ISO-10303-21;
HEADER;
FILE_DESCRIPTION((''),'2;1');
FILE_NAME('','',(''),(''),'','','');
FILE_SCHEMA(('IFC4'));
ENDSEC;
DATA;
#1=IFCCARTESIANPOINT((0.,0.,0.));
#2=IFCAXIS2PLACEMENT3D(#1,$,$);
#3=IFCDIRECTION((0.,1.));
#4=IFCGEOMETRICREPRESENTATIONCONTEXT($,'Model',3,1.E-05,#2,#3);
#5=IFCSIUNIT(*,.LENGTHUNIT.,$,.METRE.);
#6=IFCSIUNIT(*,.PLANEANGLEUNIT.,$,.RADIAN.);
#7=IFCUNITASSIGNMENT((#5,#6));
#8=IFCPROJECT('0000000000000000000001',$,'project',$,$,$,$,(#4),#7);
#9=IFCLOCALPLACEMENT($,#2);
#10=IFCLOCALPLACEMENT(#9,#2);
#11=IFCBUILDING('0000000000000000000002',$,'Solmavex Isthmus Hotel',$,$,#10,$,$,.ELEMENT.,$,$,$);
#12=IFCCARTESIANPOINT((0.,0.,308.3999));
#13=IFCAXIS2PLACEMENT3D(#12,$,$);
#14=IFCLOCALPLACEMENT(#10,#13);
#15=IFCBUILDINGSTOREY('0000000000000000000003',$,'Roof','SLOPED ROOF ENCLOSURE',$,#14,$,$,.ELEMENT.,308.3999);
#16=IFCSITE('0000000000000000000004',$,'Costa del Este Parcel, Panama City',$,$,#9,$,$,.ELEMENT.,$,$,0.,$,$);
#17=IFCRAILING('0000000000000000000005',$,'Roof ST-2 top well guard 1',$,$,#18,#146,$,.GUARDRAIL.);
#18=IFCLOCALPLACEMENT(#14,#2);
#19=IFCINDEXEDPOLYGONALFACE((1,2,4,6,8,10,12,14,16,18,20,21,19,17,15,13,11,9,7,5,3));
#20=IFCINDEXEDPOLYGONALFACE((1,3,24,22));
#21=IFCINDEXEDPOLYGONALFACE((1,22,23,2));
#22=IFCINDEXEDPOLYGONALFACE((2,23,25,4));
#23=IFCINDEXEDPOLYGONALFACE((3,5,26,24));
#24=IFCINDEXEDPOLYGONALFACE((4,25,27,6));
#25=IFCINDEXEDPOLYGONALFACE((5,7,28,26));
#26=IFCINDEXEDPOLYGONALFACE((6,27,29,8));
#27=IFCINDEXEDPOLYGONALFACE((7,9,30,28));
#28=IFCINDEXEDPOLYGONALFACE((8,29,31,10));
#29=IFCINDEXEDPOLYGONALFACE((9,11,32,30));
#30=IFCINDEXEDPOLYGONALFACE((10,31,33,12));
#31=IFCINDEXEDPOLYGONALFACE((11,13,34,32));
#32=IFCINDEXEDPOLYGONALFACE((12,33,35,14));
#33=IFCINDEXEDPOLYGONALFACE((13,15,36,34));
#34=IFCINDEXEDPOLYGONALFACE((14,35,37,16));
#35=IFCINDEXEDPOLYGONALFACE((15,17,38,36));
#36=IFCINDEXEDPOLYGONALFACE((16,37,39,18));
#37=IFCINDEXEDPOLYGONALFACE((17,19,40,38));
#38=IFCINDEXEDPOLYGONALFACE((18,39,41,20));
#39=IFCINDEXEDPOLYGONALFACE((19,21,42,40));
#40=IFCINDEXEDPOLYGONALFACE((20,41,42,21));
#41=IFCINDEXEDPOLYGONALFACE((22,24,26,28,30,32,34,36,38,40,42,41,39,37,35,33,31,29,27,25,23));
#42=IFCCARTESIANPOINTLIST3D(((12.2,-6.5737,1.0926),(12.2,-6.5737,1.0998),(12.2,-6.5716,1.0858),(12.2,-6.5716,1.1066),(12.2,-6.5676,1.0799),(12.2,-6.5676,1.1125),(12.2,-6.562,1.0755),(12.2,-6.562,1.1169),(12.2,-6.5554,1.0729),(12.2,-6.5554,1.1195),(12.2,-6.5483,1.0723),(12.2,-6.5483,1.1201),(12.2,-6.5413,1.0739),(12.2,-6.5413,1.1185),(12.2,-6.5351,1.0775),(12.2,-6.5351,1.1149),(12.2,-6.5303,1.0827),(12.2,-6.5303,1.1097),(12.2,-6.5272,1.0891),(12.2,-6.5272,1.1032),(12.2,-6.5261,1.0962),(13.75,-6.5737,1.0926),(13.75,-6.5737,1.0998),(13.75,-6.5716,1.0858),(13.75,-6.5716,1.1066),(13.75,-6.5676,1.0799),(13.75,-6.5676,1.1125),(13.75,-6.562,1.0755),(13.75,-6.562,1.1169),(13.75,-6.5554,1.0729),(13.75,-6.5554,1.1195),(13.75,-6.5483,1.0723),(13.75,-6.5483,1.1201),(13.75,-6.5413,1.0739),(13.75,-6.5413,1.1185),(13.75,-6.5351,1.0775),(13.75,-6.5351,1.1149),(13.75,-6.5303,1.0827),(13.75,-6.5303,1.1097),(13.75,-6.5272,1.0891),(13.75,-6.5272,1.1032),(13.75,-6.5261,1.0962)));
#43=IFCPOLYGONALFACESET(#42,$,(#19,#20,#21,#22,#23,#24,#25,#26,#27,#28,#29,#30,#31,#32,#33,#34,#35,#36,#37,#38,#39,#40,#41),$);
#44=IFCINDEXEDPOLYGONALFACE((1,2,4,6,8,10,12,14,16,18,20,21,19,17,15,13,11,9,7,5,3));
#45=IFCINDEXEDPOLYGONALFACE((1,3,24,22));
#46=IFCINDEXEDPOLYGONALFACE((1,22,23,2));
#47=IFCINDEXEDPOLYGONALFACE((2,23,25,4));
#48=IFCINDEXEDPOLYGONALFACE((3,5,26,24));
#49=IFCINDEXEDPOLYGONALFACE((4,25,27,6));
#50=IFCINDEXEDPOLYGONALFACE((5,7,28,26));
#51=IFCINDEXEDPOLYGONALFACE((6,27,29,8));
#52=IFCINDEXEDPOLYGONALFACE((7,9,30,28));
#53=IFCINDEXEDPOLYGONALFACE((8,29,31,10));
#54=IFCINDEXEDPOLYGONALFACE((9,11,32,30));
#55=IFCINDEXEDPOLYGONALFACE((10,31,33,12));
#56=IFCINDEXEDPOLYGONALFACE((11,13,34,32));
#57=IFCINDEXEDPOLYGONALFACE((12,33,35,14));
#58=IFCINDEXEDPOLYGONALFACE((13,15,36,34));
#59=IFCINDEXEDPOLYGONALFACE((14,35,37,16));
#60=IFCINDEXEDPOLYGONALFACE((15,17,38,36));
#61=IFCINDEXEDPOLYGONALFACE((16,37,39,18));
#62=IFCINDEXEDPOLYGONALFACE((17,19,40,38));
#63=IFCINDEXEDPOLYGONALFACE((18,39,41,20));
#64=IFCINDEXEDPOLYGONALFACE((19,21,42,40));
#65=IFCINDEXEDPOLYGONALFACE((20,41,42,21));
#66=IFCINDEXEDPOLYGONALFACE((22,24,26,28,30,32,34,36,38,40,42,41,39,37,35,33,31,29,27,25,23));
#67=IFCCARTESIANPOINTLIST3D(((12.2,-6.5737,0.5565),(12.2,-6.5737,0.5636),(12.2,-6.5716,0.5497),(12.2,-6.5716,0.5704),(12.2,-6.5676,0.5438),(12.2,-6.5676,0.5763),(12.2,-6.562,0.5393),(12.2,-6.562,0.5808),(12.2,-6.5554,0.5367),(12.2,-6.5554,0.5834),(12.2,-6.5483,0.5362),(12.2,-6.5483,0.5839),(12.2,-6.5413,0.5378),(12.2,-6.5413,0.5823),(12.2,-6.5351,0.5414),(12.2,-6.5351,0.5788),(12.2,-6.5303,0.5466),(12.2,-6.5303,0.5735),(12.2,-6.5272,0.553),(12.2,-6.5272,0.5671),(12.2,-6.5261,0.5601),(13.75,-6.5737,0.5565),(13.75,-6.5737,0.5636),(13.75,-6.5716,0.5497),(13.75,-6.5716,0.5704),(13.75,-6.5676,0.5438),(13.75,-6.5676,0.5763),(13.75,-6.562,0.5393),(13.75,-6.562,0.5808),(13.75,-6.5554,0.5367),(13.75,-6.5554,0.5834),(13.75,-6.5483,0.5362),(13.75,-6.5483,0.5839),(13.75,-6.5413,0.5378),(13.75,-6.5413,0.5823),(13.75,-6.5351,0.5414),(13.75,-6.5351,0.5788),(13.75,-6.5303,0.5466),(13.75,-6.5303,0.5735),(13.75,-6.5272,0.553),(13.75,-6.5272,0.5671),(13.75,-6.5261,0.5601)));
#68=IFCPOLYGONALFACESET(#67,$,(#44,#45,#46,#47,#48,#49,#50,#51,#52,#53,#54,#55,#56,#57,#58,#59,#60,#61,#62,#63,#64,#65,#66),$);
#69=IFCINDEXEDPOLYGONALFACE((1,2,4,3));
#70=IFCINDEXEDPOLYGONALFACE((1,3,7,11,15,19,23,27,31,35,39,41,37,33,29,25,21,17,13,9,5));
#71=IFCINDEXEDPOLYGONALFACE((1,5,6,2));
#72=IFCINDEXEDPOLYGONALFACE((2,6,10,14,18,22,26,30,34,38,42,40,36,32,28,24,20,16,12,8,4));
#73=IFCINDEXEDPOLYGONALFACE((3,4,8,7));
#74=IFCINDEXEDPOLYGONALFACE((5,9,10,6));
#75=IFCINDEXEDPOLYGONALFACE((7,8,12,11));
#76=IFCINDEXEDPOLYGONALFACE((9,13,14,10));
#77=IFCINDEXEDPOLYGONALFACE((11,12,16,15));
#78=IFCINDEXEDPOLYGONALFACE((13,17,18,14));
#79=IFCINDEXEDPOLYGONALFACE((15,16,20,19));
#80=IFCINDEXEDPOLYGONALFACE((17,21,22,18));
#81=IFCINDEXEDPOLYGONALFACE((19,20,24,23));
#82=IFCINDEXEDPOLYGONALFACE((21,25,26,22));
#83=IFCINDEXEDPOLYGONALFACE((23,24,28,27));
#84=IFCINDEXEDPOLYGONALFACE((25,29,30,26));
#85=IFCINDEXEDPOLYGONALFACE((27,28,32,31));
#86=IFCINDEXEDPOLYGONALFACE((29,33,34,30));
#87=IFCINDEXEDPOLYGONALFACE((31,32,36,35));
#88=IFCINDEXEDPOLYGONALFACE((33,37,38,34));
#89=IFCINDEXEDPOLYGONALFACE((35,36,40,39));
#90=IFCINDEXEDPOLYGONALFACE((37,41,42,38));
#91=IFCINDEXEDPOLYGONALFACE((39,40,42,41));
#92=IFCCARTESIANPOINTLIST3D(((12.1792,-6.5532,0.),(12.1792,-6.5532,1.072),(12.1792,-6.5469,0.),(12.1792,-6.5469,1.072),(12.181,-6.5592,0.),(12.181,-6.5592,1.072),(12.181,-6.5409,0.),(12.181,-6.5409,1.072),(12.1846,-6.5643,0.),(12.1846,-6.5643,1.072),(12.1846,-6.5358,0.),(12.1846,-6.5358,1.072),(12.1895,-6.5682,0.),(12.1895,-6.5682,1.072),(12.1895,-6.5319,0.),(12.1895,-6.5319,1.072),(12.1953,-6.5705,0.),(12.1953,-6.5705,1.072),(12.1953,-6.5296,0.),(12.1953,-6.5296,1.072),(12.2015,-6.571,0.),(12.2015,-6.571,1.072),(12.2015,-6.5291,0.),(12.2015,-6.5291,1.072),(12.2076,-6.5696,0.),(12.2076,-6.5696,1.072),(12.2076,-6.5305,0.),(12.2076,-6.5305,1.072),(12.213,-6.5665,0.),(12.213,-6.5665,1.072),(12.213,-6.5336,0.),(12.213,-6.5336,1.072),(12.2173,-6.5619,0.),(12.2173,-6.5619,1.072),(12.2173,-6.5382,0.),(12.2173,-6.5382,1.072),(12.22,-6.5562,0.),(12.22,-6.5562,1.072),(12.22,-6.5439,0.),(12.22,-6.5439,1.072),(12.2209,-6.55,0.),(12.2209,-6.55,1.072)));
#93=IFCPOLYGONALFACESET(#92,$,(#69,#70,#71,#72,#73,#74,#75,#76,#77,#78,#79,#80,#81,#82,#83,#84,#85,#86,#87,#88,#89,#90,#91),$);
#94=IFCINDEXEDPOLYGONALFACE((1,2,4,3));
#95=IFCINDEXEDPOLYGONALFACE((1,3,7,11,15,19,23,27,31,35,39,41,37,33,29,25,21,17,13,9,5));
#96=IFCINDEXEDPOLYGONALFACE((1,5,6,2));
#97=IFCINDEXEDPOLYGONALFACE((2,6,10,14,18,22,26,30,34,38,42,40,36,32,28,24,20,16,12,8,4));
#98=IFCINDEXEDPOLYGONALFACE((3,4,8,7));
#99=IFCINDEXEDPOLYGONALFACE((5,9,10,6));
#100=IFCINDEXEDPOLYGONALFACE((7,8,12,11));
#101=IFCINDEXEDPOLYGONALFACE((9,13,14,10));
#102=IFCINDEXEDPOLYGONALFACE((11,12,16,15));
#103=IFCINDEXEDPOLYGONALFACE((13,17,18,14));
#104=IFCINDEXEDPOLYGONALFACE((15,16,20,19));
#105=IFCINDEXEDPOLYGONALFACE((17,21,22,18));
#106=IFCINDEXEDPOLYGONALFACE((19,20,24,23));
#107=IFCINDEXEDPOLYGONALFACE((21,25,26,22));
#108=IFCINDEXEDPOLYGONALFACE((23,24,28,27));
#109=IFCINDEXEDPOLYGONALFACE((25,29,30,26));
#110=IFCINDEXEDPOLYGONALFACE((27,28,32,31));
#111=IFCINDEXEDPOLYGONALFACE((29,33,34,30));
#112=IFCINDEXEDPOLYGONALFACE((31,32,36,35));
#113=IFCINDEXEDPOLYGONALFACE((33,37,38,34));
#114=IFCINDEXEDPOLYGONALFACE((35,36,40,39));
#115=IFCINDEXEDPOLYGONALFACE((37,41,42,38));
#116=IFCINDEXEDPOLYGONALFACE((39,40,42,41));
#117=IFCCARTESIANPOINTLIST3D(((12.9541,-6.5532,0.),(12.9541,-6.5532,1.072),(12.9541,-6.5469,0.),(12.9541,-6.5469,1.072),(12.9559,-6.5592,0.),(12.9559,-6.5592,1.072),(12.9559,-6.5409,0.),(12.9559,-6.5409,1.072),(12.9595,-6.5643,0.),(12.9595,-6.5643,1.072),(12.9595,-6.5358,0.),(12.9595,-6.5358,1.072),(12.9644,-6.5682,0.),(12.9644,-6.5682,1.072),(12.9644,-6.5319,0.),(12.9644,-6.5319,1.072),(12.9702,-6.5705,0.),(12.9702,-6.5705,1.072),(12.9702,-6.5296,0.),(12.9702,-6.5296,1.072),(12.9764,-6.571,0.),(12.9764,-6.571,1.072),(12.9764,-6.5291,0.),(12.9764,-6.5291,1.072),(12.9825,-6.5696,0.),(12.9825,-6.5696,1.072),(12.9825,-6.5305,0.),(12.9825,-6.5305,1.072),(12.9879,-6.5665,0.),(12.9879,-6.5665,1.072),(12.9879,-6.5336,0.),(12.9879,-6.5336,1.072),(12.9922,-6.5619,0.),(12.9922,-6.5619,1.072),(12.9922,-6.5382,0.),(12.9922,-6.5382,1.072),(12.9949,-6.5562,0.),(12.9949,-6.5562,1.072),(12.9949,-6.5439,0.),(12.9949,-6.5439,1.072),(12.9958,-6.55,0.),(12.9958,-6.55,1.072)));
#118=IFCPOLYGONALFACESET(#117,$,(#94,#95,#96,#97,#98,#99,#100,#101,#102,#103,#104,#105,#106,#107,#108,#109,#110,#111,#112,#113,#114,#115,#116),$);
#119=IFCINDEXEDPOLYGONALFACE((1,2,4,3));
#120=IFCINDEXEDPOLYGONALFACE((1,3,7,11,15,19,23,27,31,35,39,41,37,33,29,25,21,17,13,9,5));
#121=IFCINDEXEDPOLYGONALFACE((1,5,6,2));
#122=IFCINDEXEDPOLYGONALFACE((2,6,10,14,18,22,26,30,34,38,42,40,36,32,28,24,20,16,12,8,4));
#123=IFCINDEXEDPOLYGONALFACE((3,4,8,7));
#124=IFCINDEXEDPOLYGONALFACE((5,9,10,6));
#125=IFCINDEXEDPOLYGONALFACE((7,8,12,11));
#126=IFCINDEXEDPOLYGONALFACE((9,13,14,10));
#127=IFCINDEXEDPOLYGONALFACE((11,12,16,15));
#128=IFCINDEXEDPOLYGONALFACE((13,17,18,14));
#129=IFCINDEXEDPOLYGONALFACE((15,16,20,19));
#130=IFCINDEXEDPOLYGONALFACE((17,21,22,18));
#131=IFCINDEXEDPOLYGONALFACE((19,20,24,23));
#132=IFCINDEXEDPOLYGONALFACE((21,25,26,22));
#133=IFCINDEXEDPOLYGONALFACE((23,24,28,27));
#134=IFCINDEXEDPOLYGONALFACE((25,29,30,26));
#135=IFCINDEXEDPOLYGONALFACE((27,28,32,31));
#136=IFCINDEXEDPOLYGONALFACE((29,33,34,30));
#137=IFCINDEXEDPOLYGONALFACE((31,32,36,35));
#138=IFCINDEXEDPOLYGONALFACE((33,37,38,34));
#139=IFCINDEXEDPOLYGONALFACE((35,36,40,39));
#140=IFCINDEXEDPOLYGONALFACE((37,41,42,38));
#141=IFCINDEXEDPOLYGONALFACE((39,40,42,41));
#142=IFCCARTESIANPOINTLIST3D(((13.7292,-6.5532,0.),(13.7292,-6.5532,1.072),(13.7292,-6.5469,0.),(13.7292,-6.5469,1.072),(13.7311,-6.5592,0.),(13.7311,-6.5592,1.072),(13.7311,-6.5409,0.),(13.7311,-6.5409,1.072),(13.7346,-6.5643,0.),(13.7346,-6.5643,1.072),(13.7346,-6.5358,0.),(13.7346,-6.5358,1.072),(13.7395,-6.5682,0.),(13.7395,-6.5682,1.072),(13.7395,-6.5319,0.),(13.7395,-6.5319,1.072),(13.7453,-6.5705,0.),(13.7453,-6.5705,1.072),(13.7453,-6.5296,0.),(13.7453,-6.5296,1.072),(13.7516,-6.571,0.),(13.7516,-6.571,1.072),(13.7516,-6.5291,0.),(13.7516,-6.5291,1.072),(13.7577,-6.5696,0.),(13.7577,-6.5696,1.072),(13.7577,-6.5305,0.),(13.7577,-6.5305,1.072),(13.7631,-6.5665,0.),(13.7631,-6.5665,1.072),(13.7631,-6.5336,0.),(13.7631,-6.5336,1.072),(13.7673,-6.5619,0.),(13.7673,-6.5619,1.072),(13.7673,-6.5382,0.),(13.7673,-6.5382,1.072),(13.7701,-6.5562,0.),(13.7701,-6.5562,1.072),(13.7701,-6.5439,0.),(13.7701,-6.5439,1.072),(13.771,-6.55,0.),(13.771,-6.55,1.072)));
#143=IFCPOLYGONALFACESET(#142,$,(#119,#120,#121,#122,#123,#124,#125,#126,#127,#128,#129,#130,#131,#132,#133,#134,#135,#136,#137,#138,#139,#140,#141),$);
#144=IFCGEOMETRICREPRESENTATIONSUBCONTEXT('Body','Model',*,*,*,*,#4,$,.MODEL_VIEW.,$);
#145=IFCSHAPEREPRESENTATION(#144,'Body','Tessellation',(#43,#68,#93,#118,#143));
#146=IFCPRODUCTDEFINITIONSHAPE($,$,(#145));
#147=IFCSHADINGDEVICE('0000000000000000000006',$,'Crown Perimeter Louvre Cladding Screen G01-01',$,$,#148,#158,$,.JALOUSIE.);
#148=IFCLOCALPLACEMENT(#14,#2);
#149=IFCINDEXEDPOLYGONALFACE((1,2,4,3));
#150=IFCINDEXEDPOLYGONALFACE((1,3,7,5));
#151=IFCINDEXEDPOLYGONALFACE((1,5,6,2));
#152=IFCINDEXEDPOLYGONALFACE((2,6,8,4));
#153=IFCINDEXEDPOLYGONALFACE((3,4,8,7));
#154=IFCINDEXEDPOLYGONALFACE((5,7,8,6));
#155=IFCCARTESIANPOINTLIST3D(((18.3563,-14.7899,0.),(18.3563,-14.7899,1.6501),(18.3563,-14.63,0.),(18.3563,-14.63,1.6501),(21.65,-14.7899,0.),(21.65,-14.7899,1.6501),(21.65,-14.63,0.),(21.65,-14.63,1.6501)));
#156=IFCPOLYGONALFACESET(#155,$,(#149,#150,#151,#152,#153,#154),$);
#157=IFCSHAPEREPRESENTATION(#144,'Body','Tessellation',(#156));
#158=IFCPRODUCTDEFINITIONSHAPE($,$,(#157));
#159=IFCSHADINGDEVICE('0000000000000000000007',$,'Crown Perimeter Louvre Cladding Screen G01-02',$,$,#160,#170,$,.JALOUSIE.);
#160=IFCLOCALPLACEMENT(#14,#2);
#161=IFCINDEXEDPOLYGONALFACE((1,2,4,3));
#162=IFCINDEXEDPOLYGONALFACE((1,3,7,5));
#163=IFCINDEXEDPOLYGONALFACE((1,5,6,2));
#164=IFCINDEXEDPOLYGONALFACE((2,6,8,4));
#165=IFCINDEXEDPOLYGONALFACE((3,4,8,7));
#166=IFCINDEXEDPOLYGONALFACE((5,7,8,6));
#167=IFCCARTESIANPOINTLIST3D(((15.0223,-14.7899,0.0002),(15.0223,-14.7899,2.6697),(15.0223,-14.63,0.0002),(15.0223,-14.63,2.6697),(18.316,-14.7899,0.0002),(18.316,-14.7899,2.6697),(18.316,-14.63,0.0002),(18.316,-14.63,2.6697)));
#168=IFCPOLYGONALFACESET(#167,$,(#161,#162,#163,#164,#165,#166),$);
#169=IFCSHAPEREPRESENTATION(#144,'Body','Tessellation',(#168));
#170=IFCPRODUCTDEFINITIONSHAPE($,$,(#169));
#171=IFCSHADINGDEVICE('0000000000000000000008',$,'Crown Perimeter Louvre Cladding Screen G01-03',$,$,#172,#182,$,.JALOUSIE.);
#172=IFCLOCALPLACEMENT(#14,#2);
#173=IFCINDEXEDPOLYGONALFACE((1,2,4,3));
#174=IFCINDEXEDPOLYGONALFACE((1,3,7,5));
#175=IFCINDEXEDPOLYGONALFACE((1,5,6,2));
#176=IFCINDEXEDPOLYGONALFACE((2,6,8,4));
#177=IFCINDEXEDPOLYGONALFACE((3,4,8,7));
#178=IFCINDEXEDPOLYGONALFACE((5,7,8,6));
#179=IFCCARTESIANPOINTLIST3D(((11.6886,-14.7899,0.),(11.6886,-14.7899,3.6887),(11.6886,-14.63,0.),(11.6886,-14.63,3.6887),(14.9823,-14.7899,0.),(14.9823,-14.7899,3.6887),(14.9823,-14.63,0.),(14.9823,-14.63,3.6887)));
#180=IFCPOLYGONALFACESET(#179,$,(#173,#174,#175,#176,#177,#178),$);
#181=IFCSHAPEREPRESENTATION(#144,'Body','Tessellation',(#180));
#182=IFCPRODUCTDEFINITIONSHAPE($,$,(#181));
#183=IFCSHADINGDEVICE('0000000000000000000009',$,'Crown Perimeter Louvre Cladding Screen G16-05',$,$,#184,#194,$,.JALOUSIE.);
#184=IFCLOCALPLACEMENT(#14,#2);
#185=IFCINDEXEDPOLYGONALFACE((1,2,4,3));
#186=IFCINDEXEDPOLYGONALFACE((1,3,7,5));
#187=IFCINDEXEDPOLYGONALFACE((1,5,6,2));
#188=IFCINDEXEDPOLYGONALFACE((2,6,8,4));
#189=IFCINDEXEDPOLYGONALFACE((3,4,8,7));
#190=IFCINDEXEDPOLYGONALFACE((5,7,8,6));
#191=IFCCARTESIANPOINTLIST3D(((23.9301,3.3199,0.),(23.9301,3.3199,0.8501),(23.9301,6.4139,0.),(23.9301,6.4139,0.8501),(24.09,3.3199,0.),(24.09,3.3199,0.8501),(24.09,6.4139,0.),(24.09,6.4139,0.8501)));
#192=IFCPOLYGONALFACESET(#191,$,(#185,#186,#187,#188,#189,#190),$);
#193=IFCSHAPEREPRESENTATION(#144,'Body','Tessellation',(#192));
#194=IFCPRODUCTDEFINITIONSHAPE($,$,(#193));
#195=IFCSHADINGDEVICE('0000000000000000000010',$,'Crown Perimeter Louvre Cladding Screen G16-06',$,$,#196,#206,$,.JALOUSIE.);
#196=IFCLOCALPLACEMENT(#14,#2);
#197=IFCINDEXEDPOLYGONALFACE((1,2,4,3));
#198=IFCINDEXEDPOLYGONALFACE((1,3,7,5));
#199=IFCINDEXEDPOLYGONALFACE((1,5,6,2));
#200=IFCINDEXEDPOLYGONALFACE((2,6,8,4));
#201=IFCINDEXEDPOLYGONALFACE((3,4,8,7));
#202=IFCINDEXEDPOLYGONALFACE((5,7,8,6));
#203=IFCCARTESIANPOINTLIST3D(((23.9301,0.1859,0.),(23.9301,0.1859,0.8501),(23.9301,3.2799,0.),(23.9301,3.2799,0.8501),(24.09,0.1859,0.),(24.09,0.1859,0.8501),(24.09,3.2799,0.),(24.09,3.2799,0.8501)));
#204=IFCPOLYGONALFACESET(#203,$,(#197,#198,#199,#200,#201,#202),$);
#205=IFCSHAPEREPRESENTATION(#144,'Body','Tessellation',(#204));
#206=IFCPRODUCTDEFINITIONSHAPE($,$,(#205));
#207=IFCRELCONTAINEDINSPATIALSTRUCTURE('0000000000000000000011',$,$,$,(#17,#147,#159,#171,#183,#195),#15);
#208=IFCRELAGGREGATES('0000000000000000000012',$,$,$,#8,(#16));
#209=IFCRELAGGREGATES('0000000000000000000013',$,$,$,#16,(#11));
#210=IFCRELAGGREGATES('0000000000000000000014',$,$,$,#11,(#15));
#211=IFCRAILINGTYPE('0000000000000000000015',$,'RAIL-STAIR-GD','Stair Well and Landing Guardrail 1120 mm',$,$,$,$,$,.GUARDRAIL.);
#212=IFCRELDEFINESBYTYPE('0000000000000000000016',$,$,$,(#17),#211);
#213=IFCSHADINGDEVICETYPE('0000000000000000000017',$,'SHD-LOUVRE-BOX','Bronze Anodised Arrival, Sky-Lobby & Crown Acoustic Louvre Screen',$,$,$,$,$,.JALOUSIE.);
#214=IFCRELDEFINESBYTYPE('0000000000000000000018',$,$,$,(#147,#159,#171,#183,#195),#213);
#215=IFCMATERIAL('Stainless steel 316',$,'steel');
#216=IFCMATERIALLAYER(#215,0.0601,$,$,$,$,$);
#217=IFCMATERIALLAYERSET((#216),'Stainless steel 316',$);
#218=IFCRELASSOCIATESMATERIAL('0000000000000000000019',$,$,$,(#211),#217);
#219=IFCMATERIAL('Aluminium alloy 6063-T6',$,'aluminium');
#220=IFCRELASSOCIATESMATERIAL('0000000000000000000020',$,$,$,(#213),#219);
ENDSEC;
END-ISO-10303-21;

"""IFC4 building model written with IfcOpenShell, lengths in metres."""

from ifc_helpers import new_model, si_unit, direction, frame, origin, origin_2d, place, context, subcontext, project, spatial, rectangle, circle, extrude, material, layer, layer_set, type_object, element, save


model = new_model("IFC4")

# Units and contexts
model_context = context("Model", 3, precision=1e-05, world=origin(), true_north=direction((0.0, 1.0)))
body_context = subcontext(model_context, "Body", "Model", "MODEL_VIEW")
ifc_project = project(units=[si_unit("LENGTHUNIT", "METRE"), si_unit("PLANEANGLEUNIT", "RADIAN")], contexts=[model_context])

# Site, building, storey
site_placement = place(None, origin())
site = spatial("IfcSite", under=ifc_project, at=site_placement, Name="Costa del Este Parcel, Panama City", CompositionType="ELEMENT", RefElevation=0.0)
building_placement = place(site_placement, origin())
building = spatial("IfcBuilding", under=site, at=building_placement, Name="Solmavex Isthmus Hotel", CompositionType="ELEMENT")
storey_placement = place(building_placement, frame((0.0, 0.0, 308.3999)))
storey = spatial("IfcBuildingStorey", under=building, at=storey_placement, Name="Roof", Description="SLOPED ROOF ENCLOSURE", CompositionType="ELEMENT", Elevation=308.3999)

# Railing
ifc_material_1 = material(Name="Stainless steel 316", Category="steel")
ifc_layer_1 = layer(ifc_material_1, 0.0601)
ifc_layer_set_1 = layer_set([ifc_layer_1], Name="Stainless steel 316")
railing_type = type_object("IfcRailingType", Name="RAIL-STAIR-GD", Description="Stair Well and Landing Guardrail 1120 mm", PredefinedType="GUARDRAIL", material=ifc_layer_set_1)
railing_placement = place(storey_placement, frame((12.2, -6.55, 0.0)))
element("IfcRailing", 1, at=railing_placement, inside=storey, type_object=railing_type, Name="Roof ST-2 top well guard 1", PredefinedType="GUARDRAIL", context=body_context, shape_type="SweptSolid", body=[
    extrude(circle(Radius=0.0239, at=origin_2d()), frame((0.0, 0.0, 1.0962), z_axis=(1.0, 0.0, 0.0), x_axis=(0.0, 1.0, 0.0)), (0.0, 0.0, 1.0), 1.55),
    extrude(circle(Radius=0.0239, at=origin_2d()), frame((0.0, 0.0, 0.5601), z_axis=(1.0, 0.0, 0.0), x_axis=(0.0, 1.0, 0.0)), (0.0, 0.0, 1.0), 1.55),
    extrude(circle(Radius=0.021, at=origin_2d()), origin(), (0.0, 0.0, 1.0), 1.072),
    extrude(circle(Radius=0.021, at=origin_2d()), frame((0.7749, 0.0, 0.0)), (0.0, 0.0, 1.0), 1.072),
    extrude(circle(Radius=0.021, at=origin_2d()), frame((1.55, 0.0, 0.0)), (0.0, 0.0, 1.0), 1.072),
])

# Shading devices
ifc_material_2 = material(Name="Aluminium alloy 6063-T6", Category="aluminium")
shading_device_type = type_object("IfcShadingDeviceType", Name="SHD-LOUVRE-BOX", Description="Bronze Anodised Arrival, Sky-Lobby & Crown Acoustic Louvre Screen", PredefinedType="JALOUSIE", material=ifc_material_2)
shading_device_1_placement = place(storey_placement, frame((20.0032, -14.71, 0.0), z_axis=(0.0, 0.0, 1.0), x_axis=(-1.0, 0.0, 0.0)))
element("IfcShadingDevice", 2, at=shading_device_1_placement, inside=storey, type_object=shading_device_type, Name="Crown Perimeter Louvre Cladding Screen G01-01", PredefinedType="JALOUSIE", context=body_context, shape_type="SweptSolid", body=[
    extrude(rectangle(XDim=3.2937, YDim=0.1599, at=origin_2d()), origin(), (0.0, 0.0, 1.0), 1.6501),
])
shading_device_2_placement = place(storey_placement, frame((16.6692, -14.71, 0.0002), z_axis=(0.0, 0.0, 1.0), x_axis=(-1.0, 0.0, 0.0)))
element("IfcShadingDevice", 3, at=shading_device_2_placement, inside=storey, type_object=shading_device_type, Name="Crown Perimeter Louvre Cladding Screen G01-02", PredefinedType="JALOUSIE", context=body_context, shape_type="SweptSolid", body=[
    extrude(rectangle(XDim=3.2937, YDim=0.1599, at=origin_2d()), origin(), (0.0, 0.0, 1.0), 2.6694),
])
shading_device_3_placement = place(storey_placement, frame((13.3354, -14.71, 0.0), z_axis=(0.0, 0.0, 1.0), x_axis=(-1.0, 0.0, 0.0)))
element("IfcShadingDevice", 4, at=shading_device_3_placement, inside=storey, type_object=shading_device_type, Name="Crown Perimeter Louvre Cladding Screen G01-03", PredefinedType="JALOUSIE", context=body_context, shape_type="SweptSolid", body=[
    extrude(rectangle(XDim=3.2937, YDim=0.1599, at=origin_2d()), origin(), (0.0, 0.0, 1.0), 3.6887),
])
for number, where, z_axis, x_axis, name in (
    (5, (24.01, 4.8669, 0.0), (0.0, 0.0, 1.0), (0.0, -1.0, 0.0), "Crown Perimeter Louvre Cladding Screen G16-05"),
    (6, (24.01, 1.7329, 0.0), (0.0, 0.0, 1.0), (0.0, -1.0, 0.0), "Crown Perimeter Louvre Cladding Screen G16-06"),
):
    element("IfcShadingDevice", number, at=place(storey_placement, frame(where, z_axis=z_axis, x_axis=x_axis)), inside=storey, type_object=shading_device_type, Name=name, PredefinedType="JALOUSIE", context=body_context, shape_type="SweptSolid", body=[
        extrude(rectangle(XDim=3.094, YDim=0.1599, at=origin_2d()), origin(), (0.0, 0.0, 1.0), 0.8501),
    ])

save(model, "model.ifc")
